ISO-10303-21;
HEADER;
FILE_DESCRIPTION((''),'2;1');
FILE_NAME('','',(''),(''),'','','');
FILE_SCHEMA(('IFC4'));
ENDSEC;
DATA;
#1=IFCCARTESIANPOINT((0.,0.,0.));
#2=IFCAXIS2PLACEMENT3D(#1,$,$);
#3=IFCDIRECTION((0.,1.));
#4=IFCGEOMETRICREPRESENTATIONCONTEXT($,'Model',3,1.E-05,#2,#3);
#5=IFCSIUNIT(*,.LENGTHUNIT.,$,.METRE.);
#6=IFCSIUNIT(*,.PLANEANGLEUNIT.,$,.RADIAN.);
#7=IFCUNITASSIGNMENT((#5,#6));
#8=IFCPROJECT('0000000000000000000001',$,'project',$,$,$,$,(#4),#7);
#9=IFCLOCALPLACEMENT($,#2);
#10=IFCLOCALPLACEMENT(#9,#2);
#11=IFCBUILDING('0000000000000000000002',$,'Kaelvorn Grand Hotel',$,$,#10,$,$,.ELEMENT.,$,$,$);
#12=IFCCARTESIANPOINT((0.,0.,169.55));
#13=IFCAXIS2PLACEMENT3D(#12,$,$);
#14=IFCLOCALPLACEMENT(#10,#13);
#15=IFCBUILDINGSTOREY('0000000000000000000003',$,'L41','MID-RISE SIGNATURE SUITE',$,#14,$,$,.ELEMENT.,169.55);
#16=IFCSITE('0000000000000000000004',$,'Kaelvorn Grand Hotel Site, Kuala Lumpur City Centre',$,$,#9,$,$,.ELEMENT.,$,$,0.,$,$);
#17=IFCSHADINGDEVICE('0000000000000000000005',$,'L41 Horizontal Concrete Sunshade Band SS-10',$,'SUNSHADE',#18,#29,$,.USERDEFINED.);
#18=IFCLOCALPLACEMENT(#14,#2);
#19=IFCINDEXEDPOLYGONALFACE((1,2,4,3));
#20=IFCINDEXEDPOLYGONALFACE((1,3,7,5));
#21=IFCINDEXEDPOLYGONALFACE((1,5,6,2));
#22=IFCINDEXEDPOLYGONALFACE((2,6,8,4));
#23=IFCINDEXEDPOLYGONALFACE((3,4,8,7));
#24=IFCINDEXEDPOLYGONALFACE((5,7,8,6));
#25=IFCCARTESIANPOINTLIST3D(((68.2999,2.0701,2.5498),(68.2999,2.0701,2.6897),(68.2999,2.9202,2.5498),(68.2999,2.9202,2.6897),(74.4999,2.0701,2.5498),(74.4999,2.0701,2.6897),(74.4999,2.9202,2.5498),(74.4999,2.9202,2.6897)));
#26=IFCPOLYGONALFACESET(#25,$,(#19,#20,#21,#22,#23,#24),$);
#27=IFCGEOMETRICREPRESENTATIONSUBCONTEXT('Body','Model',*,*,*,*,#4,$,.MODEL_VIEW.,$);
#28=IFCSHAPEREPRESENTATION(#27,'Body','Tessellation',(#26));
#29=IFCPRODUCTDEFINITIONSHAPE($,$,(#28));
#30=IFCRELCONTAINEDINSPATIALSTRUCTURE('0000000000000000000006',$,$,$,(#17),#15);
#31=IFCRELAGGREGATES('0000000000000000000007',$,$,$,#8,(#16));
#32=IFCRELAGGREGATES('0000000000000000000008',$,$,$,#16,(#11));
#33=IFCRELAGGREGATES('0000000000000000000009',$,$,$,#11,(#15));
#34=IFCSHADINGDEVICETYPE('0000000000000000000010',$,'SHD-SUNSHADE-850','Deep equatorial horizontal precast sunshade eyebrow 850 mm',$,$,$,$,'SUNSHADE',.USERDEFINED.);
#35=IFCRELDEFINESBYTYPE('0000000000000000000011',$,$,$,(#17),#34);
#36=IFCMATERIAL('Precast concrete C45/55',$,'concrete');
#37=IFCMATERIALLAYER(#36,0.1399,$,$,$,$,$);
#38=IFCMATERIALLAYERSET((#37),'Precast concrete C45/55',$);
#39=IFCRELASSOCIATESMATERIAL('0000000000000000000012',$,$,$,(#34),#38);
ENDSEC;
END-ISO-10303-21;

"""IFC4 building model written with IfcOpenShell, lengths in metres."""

from ifc_helpers import new_model, si_unit, direction, frame, origin, origin_2d, place, context, subcontext, project, spatial, rectangle, extrude, material, layer, layer_set, type_object, element, save


model = new_model("IFC4")

# Units and contexts
model_context = context("Model", 3, precision=1e-05, world=origin(), true_north=direction((0.0, 1.0)))
body_context = subcontext(model_context, "Body", "Model", "MODEL_VIEW")
ifc_project = project(units=[si_unit("LENGTHUNIT", "METRE"), si_unit("PLANEANGLEUNIT", "RADIAN")], contexts=[model_context])

# Site, building, storey
site_placement = place(None, origin())
site = spatial("IfcSite", under=ifc_project, at=site_placement, Name="Kaelvorn Grand Hotel Site, Kuala Lumpur City Centre", CompositionType="ELEMENT", RefElevation=0.0)
building_placement = place(site_placement, origin())
building = spatial("IfcBuilding", under=site, at=building_placement, Name="Kaelvorn Grand Hotel", CompositionType="ELEMENT")
storey_placement = place(building_placement, frame((0.0, 0.0, 169.55)))
storey = spatial("IfcBuildingStorey", under=building, at=storey_placement, Name="L41", Description="MID-RISE SIGNATURE SUITE", CompositionType="ELEMENT", Elevation=169.55)

# Shared definitions
ifc_material_1 = material(Name="Precast concrete C45/55", Category="concrete")

# Shading device
ifc_layer_1 = layer(ifc_material_1, 0.1399)
ifc_layer_set_1 = layer_set([ifc_layer_1], Name="Precast concrete C45/55")
shading_device_type = type_object("IfcShadingDeviceType", Name="SHD-SUNSHADE-850", Description="Deep equatorial horizontal precast sunshade eyebrow 850 mm", ElementType="SUNSHADE", PredefinedType="USERDEFINED", material=ifc_layer_set_1)
shading_device_placement = place(storey_placement, frame((71.3999, 2.4951, 2.5498), z_axis=(0.0, 0.0, 1.0), x_axis=(1.0, 0.0, 0.0)))
element("IfcShadingDevice", 1, at=shading_device_placement, inside=storey, type_object=shading_device_type, Name="L41 Horizontal Concrete Sunshade Band SS-10", ObjectType="SUNSHADE", PredefinedType="USERDEFINED", context=body_context, shape_type="SweptSolid", body=[
    extrude(rectangle(XDim=6.2, YDim=0.8501, at=origin_2d()), origin(), (0.0, 0.0, 1.0), 0.1399),
])

save(model, "model.ifc")
